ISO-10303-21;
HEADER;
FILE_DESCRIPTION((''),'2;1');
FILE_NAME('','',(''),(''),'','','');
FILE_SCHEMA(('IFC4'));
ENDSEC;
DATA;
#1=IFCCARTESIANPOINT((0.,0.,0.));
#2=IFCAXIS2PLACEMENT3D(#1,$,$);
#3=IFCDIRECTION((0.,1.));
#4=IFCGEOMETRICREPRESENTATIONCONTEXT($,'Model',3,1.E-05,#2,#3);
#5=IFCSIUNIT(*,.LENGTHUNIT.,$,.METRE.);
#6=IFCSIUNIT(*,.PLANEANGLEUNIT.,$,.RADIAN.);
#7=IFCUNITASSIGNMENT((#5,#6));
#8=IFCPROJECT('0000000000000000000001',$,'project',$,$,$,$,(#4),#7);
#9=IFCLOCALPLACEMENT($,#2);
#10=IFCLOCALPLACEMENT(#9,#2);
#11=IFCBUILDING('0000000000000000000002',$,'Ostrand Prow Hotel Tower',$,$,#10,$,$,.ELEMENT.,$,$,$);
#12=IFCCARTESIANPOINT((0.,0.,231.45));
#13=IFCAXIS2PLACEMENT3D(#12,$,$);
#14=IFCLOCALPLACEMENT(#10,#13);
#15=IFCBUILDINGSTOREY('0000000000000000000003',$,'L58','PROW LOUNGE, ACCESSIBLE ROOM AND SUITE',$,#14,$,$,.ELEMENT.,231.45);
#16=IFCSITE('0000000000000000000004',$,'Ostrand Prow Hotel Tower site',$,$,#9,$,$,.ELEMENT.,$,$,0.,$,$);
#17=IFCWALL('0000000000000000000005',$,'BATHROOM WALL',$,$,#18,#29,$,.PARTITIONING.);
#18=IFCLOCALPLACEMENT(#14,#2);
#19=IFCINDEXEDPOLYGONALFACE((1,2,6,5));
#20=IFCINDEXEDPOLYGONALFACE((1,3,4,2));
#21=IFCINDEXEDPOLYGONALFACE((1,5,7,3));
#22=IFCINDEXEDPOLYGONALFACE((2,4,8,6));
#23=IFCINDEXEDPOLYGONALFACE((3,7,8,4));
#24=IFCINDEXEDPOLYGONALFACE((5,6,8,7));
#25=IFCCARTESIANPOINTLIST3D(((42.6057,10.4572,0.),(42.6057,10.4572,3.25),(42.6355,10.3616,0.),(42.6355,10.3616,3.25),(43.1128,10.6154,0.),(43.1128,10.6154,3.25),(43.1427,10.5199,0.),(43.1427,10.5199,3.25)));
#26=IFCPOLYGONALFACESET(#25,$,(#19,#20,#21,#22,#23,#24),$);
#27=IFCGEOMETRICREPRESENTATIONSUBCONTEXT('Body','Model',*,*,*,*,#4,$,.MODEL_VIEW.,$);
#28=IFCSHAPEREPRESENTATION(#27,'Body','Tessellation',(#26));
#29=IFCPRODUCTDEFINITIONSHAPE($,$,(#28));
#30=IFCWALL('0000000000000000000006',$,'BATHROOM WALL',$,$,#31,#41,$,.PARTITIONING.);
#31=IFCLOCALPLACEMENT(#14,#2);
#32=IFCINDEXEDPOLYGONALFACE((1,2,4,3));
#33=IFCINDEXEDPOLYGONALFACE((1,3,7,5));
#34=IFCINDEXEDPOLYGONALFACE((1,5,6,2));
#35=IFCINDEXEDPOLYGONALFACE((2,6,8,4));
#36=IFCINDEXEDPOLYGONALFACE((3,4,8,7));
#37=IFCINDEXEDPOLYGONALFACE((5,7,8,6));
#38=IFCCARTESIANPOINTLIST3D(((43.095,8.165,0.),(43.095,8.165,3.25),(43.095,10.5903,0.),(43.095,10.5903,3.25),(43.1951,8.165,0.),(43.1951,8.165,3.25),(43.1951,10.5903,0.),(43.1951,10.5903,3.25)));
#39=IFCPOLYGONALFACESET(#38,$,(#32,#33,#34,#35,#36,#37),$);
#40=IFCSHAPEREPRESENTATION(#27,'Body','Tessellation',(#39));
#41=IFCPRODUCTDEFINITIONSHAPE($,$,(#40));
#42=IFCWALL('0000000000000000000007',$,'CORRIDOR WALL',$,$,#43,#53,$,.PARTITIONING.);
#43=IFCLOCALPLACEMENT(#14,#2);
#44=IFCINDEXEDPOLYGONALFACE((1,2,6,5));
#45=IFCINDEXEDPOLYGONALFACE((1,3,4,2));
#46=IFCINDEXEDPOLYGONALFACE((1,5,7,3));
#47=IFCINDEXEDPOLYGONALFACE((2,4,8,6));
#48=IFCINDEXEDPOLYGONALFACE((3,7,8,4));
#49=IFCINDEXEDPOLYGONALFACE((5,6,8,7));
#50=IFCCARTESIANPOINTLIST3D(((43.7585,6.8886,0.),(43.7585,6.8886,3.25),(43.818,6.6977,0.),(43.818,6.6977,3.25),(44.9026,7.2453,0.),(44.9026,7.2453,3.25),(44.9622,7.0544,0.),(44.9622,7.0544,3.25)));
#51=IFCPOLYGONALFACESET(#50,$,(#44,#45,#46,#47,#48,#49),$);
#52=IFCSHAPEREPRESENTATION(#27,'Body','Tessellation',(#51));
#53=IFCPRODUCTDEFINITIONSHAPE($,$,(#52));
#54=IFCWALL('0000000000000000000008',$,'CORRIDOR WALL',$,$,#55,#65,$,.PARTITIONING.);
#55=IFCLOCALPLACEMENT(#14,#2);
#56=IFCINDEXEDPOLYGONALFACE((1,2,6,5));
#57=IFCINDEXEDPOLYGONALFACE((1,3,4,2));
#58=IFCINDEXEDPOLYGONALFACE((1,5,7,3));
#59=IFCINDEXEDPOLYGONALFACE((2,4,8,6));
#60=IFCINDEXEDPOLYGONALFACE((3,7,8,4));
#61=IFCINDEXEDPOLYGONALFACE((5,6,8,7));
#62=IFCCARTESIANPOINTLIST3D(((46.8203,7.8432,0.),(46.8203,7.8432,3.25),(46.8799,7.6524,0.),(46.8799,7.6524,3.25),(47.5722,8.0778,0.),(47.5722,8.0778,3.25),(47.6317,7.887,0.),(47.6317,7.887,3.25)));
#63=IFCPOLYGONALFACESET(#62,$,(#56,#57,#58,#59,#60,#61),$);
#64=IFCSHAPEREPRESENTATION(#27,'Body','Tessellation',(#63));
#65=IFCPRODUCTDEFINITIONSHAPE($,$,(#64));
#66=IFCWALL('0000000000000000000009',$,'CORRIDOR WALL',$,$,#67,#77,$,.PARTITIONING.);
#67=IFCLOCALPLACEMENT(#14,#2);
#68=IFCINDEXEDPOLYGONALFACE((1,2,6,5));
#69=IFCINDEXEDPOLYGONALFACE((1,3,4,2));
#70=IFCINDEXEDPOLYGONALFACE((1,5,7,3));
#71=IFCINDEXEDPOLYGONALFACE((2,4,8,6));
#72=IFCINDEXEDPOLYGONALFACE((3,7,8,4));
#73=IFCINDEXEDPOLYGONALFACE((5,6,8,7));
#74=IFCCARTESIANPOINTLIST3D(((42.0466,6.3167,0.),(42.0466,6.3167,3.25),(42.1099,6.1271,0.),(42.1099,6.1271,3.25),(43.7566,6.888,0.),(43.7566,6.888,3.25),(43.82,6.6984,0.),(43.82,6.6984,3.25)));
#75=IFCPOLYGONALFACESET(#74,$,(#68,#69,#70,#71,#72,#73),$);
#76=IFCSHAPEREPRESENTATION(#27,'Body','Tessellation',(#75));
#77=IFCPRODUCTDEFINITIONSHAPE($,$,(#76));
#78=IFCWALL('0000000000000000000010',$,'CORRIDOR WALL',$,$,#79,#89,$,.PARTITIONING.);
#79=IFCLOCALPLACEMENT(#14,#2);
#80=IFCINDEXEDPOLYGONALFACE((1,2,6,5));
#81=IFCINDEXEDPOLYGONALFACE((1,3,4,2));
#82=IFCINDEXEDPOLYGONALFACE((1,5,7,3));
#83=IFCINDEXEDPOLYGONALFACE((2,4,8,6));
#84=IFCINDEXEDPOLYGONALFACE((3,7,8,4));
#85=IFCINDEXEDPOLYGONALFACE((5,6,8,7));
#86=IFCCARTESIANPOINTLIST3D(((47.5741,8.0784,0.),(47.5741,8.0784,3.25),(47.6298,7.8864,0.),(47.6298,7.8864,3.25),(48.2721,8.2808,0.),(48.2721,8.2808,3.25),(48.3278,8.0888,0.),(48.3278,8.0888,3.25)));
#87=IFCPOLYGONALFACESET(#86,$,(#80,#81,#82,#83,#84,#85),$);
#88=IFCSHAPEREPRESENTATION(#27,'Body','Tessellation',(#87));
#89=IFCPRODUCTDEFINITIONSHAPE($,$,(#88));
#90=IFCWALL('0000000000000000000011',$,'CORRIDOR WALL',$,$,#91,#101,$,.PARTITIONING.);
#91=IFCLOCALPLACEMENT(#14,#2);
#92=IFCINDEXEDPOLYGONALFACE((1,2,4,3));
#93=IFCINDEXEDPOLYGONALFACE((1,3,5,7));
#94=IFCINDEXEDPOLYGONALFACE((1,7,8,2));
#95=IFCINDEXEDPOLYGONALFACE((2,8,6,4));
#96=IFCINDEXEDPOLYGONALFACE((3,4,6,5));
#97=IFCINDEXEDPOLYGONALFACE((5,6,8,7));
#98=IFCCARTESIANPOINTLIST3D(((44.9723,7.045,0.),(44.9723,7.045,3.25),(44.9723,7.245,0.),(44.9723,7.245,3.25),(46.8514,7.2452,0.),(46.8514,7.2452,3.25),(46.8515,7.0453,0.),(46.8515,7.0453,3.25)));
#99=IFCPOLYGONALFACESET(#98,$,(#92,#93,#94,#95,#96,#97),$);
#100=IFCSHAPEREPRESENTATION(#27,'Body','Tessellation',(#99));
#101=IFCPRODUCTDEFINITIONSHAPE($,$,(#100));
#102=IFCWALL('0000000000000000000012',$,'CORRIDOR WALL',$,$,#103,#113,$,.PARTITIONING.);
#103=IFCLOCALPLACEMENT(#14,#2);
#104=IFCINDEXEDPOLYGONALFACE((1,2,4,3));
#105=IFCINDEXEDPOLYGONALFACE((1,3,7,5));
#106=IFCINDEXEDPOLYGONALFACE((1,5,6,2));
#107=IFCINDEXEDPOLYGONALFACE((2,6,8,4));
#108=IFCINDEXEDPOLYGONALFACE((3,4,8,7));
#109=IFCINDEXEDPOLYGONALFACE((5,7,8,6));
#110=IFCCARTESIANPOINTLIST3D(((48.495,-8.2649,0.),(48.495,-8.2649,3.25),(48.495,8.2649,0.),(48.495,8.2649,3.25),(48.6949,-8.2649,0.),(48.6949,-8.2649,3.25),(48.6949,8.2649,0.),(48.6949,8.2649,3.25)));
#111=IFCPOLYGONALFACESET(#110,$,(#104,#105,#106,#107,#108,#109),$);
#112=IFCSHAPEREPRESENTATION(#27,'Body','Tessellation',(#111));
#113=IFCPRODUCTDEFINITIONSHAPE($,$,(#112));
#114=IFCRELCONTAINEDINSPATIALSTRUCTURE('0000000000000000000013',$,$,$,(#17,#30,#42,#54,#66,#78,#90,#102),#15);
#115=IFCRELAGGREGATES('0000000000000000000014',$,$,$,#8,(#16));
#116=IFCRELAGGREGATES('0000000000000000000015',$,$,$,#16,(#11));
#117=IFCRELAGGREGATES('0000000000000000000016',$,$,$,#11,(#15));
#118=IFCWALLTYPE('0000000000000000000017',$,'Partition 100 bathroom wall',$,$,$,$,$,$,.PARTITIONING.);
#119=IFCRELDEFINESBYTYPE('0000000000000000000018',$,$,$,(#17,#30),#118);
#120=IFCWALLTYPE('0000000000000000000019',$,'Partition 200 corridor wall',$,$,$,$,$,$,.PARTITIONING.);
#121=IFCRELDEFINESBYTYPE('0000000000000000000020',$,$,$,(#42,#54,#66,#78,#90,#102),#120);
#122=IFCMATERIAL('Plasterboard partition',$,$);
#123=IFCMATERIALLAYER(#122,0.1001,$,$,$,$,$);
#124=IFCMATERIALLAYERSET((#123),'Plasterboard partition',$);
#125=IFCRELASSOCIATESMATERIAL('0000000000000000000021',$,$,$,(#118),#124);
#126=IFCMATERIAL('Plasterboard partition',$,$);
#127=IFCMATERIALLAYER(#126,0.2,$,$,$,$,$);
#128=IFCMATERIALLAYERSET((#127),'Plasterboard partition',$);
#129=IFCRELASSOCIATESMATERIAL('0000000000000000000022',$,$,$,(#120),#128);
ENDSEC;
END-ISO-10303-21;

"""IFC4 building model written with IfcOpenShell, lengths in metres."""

from ifc_helpers import new_model, si_unit, direction, frame, frame_2d, origin, place, context, subcontext, project, spatial, rectangle, extrude, material, layer, layer_set, type_object, element, save


model = new_model("IFC4")

# Units and contexts
model_context = context("Model", 3, precision=1e-05, world=origin(), true_north=direction((0.0, 1.0)))
body_context = subcontext(model_context, "Body", "Model", "MODEL_VIEW")
ifc_project = project(units=[si_unit("LENGTHUNIT", "METRE"), si_unit("PLANEANGLEUNIT", "RADIAN")], contexts=[model_context])

# Site, building, storey
site_placement = place(None, origin())
site = spatial("IfcSite", under=ifc_project, at=site_placement, Name="Ostrand Prow Hotel Tower site", CompositionType="ELEMENT", RefElevation=0.0)
building_placement = place(site_placement, origin())
building = spatial("IfcBuilding", under=site, at=building_placement, Name="Ostrand Prow Hotel Tower", CompositionType="ELEMENT")
storey_placement = place(building_placement, frame((0.0, 0.0, 231.45)))
storey = spatial("IfcBuildingStorey", under=building, at=storey_placement, Name="L58", Description="PROW LOUNGE, ACCESSIBLE ROOM AND SUITE", CompositionType="ELEMENT", Elevation=231.45)

# Walls
ifc_material_1 = material(Name="Plasterboard partition")
ifc_layer_1 = layer(ifc_material_1, 0.1001)
ifc_layer_set_1 = layer_set([ifc_layer_1], Name="Plasterboard partition")
wall_type_1 = type_object("IfcWallType", Name="Partition 100 bathroom wall", PredefinedType="PARTITIONING", material=ifc_layer_set_1)
wall_1_placement = place(storey_placement, frame((42.6206, 10.4094, 0.0), z_axis=(0.0, 0.0, 1.0), x_axis=(0.954619, 0.29783, 0.0)))
element("IfcWall", 1, at=wall_1_placement, inside=storey, type_object=wall_type_1, Name="BATHROOM WALL", PredefinedType="PARTITIONING", context=body_context, shape_type="SweptSolid", body=[
    extrude(rectangle(XDim=0.5312, YDim=0.1001, at=frame_2d((0.2656, 0.0))), origin(), (0.0, 0.0, 1.0), 3.25),
])
wall_2_placement = place(storey_placement, frame((43.145, 10.5903, 0.0), z_axis=(0.0, 0.0, 1.0), x_axis=(0.0, -1.0, 0.0)))
element("IfcWall", 2, at=wall_2_placement, inside=storey, type_object=wall_type_1, Name="BATHROOM WALL", PredefinedType="PARTITIONING", context=body_context, shape_type="SweptSolid", body=[
    extrude(rectangle(XDim=2.4253, YDim=0.1001, at=frame_2d((1.2126, 0.0))), origin(), (0.0, 0.0, 1.0), 3.25),
])
ifc_material_2 = material(Name="Plasterboard partition")
ifc_layer_2 = layer(ifc_material_2, 0.2)
ifc_layer_set_2 = layer_set([ifc_layer_2], Name="Plasterboard partition")
wall_type_2 = type_object("IfcWallType", Name="Partition 200 corridor wall", PredefinedType="PARTITIONING", material=ifc_layer_set_2)
wall_3_placement = place(storey_placement, frame((43.7883, 6.7932, 0.0), z_axis=(0.0, 0.0, 1.0), x_axis=(0.954694, 0.297591, 0.0)))
element("IfcWall", 3, at=wall_3_placement, inside=storey, type_object=wall_type_2, Name="CORRIDOR WALL", PredefinedType="PARTITIONING", context=body_context, shape_type="SweptSolid", body=[
    extrude(rectangle(XDim=1.1985, YDim=0.2, at=frame_2d((0.5991, 0.0))), origin(), (0.0, 0.0, 1.0), 3.25),
])
wall_4_placement = place(storey_placement, frame((46.8501, 7.7478, 0.0), z_axis=(0.0, 0.0, 1.0), x_axis=(0.954612, 0.297851, 0.0)))
element("IfcWall", 4, at=wall_4_placement, inside=storey, type_object=wall_type_2, Name="CORRIDOR WALL", PredefinedType="PARTITIONING", context=body_context, shape_type="SweptSolid", body=[
    extrude(rectangle(XDim=0.7876, YDim=0.2, at=frame_2d((0.3938, 0.0))), origin(), (0.0, 0.0, 1.0), 3.25),
])
wall_5_placement = place(storey_placement, frame((42.0784, 6.2219, 0.0), z_axis=(0.0, 0.0, 1.0), x_axis=(0.948466, 0.316878, 0.0)))
element("IfcWall", 5, at=wall_5_placement, inside=storey, type_object=wall_type_2, Name="CORRIDOR WALL", PredefinedType="PARTITIONING", context=body_context, shape_type="SweptSolid", body=[
    extrude(rectangle(XDim=1.803, YDim=0.2, at=frame_2d((0.9014, 0.0))), origin(), (0.0, 0.0, 1.0), 3.25),
])
wall_6_placement = place(storey_placement, frame((47.6021, 7.9824, 0.0), z_axis=(0.0, 0.0, 1.0), x_axis=(0.960439, 0.27849, 0.0)))
element("IfcWall", 6, at=wall_6_placement, inside=storey, type_object=wall_type_2, Name="CORRIDOR WALL", PredefinedType="PARTITIONING", context=body_context, shape_type="SweptSolid", body=[
    extrude(rectangle(XDim=0.7268, YDim=0.2, at=frame_2d((0.3633, 0.0))), origin(), (0.0, 0.0, 1.0), 3.25),
])
wall_7_placement = place(storey_placement, frame((44.9724, 7.145, 0.0), z_axis=(0.0, 0.0, 1.0), x_axis=(1.0, 0.00013, 0.0)))
element("IfcWall", 7, at=wall_7_placement, inside=storey, type_object=wall_type_2, Name="CORRIDOR WALL", PredefinedType="PARTITIONING", context=body_context, shape_type="SweptSolid", body=[
    extrude(rectangle(XDim=1.8792, YDim=0.2, at=frame_2d((0.9395, 0.0))), origin(), (0.0, 0.0, 1.0), 3.25),
])
wall_8_placement = place(storey_placement, frame((48.595, 8.2649, 0.0), z_axis=(0.0, 0.0, 1.0), x_axis=(0.0, -1.0, 0.0)))
element("IfcWall", 8, at=wall_8_placement, inside=storey, type_object=wall_type_2, Name="CORRIDOR WALL", PredefinedType="PARTITIONING", context=body_context, shape_type="SweptSolid", body=[
    extrude(rectangle(XDim=16.5298, YDim=0.2, at=frame_2d((8.2649, 0.0))), origin(), (0.0, 0.0, 1.0), 3.25),
])

save(model, "model.ifc")
